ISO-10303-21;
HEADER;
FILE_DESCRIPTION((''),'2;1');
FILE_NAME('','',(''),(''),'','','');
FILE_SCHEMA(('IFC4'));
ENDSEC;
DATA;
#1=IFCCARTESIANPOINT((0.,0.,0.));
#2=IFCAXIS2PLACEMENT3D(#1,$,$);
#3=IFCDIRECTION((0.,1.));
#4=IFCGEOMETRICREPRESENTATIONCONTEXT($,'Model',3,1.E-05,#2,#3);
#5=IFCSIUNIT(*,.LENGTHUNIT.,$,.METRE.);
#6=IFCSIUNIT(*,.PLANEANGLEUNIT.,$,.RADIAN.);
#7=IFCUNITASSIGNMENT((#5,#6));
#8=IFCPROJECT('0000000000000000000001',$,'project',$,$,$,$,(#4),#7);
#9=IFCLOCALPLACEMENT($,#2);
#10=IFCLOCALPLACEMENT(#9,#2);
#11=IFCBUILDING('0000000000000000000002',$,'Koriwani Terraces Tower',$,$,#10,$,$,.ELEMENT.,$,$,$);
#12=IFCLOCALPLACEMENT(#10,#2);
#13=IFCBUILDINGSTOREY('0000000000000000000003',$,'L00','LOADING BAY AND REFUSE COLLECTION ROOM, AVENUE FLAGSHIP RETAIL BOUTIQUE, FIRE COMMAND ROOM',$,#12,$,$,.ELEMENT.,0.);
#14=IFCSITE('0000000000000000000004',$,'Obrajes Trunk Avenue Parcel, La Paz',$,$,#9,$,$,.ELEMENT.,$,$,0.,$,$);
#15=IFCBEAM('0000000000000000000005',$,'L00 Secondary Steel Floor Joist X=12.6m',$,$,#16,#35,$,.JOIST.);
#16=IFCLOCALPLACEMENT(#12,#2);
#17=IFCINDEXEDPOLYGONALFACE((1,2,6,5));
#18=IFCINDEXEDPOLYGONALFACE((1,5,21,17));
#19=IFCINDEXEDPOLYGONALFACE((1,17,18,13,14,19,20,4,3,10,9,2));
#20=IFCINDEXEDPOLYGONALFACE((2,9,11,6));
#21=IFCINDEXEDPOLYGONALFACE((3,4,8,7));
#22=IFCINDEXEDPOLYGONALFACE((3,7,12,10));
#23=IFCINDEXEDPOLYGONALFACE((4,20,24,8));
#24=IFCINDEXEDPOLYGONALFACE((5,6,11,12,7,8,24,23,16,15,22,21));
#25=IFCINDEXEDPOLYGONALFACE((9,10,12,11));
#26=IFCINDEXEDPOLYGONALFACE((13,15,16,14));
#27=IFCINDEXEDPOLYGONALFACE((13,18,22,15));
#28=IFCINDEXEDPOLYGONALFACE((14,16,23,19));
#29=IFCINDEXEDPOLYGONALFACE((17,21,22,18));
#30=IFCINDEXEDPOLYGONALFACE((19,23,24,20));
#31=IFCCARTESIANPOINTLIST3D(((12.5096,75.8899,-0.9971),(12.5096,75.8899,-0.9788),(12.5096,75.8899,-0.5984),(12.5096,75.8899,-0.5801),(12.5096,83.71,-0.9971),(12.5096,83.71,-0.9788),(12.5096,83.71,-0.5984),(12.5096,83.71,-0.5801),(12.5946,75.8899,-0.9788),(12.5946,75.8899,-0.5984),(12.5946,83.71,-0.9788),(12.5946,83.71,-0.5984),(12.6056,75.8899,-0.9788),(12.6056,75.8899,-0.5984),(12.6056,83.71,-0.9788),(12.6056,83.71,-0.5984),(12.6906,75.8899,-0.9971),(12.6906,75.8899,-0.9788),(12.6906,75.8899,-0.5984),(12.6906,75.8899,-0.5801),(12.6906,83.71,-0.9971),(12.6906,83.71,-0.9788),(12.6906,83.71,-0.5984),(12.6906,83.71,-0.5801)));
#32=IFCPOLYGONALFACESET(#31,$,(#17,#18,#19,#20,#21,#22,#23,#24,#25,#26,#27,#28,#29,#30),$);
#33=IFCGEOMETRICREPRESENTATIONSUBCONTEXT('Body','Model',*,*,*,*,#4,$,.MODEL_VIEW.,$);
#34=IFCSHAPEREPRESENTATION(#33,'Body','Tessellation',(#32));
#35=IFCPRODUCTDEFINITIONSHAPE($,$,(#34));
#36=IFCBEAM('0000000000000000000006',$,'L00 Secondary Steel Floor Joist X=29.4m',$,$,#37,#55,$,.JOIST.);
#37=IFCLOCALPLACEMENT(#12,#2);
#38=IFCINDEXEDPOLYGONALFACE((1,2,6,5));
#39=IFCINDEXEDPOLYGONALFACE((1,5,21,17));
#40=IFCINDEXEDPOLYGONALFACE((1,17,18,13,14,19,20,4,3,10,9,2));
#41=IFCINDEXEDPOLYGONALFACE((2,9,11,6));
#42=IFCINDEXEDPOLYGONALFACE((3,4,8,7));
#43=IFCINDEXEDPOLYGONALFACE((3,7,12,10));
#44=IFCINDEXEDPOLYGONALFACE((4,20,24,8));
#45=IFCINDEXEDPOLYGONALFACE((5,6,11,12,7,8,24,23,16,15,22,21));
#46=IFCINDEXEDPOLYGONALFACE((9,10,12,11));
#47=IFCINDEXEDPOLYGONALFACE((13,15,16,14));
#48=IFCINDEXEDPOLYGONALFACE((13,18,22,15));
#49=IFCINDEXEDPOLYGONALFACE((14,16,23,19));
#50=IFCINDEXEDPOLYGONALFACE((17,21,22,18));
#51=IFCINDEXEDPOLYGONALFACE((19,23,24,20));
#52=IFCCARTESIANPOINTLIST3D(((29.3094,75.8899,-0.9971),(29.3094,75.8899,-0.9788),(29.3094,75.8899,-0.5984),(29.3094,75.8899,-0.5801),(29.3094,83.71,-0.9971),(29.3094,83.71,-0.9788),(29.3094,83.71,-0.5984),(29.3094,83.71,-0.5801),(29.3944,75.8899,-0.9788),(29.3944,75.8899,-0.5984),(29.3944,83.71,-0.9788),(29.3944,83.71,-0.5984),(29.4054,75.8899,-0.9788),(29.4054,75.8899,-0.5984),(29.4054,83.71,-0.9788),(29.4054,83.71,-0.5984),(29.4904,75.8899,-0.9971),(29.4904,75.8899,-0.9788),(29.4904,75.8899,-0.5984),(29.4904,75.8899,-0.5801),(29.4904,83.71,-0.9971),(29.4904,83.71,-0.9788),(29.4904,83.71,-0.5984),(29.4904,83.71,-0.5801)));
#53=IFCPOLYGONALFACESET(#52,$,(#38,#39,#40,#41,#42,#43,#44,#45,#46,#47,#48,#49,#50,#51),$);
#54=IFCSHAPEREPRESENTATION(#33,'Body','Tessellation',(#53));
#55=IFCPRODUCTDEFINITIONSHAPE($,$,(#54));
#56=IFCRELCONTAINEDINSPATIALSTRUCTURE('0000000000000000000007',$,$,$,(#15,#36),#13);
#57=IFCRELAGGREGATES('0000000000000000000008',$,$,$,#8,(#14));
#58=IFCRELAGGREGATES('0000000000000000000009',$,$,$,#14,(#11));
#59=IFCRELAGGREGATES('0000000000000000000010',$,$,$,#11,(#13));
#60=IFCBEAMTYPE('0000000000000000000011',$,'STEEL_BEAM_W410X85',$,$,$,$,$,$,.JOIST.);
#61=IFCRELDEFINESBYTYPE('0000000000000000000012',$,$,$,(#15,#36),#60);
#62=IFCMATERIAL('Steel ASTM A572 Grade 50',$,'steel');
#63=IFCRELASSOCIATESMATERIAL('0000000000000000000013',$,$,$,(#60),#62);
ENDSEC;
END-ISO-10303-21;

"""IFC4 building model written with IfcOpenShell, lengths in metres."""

from ifc_helpers import new_model, si_unit, direction, frame, origin, origin_2d, place, context, subcontext, project, spatial, i_section, extrude, material, material_profile, profile_set, type_object, element, save


model = new_model("IFC4")

# Units and contexts
model_context = context("Model", 3, precision=1e-05, world=origin(), true_north=direction((0.0, 1.0)))
body_context = subcontext(model_context, "Body", "Model", "MODEL_VIEW")
ifc_project = project(units=[si_unit("LENGTHUNIT", "METRE"), si_unit("PLANEANGLEUNIT", "RADIAN")], contexts=[model_context])

# Site, building, storey
site_placement = place(None, origin())
site = spatial("IfcSite", under=ifc_project, at=site_placement, Name="Obrajes Trunk Avenue Parcel, La Paz", CompositionType="ELEMENT", RefElevation=0.0)
building_placement = place(site_placement, origin())
building = spatial("IfcBuilding", under=site, at=building_placement, Name="Koriwani Terraces Tower", CompositionType="ELEMENT")
storey_placement = place(building_placement, origin())
storey = spatial("IfcBuildingStorey", under=building, at=storey_placement, Name="L00", Description="LOADING BAY AND REFUSE COLLECTION ROOM, AVENUE FLAGSHIP RETAIL BOUTIQUE, FIRE COMMAND ROOM", CompositionType="ELEMENT", Elevation=0.0)

# Beams
ifc_material_1 = material(Name="Steel ASTM A572 Grade 50", Category="steel")
ifc_material_profile_1 = material_profile(ifc_material_1, i_section(OverallWidth=0.1809, OverallDepth=0.417, WebThickness=0.011, FlangeThickness=0.0183, at=origin_2d()), Name="Steel ASTM A572 Grade 50", Category="LoadBearing")
ifc_profile_set_1 = profile_set([ifc_material_profile_1], Name="Steel ASTM A572 Grade 50")
beam_type_1 = type_object("IfcBeamType", Name="STEEL_BEAM_W410X85", PredefinedType="JOIST", material=ifc_profile_set_1)
for number, where, z_axis, x_axis, name in (
    (1, (12.6001, 75.8899, -0.7886), (0.0, 1.0, 0.0), (-1.0, 0.0, 0.0), "L00 Secondary Steel Floor Joist X=12.6m"),
    (2, (29.3999, 75.8899, -0.7886), (0.0, 1.0, 0.0), (-1.0, 0.0, 0.0), "L00 Secondary Steel Floor Joist X=29.4m"),
):
    element("IfcBeam", number, at=place(storey_placement, frame(where, z_axis=z_axis, x_axis=x_axis)), inside=storey, type_object=beam_type_1, Name=name, PredefinedType="JOIST", context=body_context, shape_type="SweptSolid", body=[
        extrude(i_section(OverallWidth=0.1809, OverallDepth=0.417, WebThickness=0.011, FlangeThickness=0.0183, at=origin_2d()), origin(), (0.0, 0.0, 1.0), 7.8201),
    ])

save(model, "model.ifc")
